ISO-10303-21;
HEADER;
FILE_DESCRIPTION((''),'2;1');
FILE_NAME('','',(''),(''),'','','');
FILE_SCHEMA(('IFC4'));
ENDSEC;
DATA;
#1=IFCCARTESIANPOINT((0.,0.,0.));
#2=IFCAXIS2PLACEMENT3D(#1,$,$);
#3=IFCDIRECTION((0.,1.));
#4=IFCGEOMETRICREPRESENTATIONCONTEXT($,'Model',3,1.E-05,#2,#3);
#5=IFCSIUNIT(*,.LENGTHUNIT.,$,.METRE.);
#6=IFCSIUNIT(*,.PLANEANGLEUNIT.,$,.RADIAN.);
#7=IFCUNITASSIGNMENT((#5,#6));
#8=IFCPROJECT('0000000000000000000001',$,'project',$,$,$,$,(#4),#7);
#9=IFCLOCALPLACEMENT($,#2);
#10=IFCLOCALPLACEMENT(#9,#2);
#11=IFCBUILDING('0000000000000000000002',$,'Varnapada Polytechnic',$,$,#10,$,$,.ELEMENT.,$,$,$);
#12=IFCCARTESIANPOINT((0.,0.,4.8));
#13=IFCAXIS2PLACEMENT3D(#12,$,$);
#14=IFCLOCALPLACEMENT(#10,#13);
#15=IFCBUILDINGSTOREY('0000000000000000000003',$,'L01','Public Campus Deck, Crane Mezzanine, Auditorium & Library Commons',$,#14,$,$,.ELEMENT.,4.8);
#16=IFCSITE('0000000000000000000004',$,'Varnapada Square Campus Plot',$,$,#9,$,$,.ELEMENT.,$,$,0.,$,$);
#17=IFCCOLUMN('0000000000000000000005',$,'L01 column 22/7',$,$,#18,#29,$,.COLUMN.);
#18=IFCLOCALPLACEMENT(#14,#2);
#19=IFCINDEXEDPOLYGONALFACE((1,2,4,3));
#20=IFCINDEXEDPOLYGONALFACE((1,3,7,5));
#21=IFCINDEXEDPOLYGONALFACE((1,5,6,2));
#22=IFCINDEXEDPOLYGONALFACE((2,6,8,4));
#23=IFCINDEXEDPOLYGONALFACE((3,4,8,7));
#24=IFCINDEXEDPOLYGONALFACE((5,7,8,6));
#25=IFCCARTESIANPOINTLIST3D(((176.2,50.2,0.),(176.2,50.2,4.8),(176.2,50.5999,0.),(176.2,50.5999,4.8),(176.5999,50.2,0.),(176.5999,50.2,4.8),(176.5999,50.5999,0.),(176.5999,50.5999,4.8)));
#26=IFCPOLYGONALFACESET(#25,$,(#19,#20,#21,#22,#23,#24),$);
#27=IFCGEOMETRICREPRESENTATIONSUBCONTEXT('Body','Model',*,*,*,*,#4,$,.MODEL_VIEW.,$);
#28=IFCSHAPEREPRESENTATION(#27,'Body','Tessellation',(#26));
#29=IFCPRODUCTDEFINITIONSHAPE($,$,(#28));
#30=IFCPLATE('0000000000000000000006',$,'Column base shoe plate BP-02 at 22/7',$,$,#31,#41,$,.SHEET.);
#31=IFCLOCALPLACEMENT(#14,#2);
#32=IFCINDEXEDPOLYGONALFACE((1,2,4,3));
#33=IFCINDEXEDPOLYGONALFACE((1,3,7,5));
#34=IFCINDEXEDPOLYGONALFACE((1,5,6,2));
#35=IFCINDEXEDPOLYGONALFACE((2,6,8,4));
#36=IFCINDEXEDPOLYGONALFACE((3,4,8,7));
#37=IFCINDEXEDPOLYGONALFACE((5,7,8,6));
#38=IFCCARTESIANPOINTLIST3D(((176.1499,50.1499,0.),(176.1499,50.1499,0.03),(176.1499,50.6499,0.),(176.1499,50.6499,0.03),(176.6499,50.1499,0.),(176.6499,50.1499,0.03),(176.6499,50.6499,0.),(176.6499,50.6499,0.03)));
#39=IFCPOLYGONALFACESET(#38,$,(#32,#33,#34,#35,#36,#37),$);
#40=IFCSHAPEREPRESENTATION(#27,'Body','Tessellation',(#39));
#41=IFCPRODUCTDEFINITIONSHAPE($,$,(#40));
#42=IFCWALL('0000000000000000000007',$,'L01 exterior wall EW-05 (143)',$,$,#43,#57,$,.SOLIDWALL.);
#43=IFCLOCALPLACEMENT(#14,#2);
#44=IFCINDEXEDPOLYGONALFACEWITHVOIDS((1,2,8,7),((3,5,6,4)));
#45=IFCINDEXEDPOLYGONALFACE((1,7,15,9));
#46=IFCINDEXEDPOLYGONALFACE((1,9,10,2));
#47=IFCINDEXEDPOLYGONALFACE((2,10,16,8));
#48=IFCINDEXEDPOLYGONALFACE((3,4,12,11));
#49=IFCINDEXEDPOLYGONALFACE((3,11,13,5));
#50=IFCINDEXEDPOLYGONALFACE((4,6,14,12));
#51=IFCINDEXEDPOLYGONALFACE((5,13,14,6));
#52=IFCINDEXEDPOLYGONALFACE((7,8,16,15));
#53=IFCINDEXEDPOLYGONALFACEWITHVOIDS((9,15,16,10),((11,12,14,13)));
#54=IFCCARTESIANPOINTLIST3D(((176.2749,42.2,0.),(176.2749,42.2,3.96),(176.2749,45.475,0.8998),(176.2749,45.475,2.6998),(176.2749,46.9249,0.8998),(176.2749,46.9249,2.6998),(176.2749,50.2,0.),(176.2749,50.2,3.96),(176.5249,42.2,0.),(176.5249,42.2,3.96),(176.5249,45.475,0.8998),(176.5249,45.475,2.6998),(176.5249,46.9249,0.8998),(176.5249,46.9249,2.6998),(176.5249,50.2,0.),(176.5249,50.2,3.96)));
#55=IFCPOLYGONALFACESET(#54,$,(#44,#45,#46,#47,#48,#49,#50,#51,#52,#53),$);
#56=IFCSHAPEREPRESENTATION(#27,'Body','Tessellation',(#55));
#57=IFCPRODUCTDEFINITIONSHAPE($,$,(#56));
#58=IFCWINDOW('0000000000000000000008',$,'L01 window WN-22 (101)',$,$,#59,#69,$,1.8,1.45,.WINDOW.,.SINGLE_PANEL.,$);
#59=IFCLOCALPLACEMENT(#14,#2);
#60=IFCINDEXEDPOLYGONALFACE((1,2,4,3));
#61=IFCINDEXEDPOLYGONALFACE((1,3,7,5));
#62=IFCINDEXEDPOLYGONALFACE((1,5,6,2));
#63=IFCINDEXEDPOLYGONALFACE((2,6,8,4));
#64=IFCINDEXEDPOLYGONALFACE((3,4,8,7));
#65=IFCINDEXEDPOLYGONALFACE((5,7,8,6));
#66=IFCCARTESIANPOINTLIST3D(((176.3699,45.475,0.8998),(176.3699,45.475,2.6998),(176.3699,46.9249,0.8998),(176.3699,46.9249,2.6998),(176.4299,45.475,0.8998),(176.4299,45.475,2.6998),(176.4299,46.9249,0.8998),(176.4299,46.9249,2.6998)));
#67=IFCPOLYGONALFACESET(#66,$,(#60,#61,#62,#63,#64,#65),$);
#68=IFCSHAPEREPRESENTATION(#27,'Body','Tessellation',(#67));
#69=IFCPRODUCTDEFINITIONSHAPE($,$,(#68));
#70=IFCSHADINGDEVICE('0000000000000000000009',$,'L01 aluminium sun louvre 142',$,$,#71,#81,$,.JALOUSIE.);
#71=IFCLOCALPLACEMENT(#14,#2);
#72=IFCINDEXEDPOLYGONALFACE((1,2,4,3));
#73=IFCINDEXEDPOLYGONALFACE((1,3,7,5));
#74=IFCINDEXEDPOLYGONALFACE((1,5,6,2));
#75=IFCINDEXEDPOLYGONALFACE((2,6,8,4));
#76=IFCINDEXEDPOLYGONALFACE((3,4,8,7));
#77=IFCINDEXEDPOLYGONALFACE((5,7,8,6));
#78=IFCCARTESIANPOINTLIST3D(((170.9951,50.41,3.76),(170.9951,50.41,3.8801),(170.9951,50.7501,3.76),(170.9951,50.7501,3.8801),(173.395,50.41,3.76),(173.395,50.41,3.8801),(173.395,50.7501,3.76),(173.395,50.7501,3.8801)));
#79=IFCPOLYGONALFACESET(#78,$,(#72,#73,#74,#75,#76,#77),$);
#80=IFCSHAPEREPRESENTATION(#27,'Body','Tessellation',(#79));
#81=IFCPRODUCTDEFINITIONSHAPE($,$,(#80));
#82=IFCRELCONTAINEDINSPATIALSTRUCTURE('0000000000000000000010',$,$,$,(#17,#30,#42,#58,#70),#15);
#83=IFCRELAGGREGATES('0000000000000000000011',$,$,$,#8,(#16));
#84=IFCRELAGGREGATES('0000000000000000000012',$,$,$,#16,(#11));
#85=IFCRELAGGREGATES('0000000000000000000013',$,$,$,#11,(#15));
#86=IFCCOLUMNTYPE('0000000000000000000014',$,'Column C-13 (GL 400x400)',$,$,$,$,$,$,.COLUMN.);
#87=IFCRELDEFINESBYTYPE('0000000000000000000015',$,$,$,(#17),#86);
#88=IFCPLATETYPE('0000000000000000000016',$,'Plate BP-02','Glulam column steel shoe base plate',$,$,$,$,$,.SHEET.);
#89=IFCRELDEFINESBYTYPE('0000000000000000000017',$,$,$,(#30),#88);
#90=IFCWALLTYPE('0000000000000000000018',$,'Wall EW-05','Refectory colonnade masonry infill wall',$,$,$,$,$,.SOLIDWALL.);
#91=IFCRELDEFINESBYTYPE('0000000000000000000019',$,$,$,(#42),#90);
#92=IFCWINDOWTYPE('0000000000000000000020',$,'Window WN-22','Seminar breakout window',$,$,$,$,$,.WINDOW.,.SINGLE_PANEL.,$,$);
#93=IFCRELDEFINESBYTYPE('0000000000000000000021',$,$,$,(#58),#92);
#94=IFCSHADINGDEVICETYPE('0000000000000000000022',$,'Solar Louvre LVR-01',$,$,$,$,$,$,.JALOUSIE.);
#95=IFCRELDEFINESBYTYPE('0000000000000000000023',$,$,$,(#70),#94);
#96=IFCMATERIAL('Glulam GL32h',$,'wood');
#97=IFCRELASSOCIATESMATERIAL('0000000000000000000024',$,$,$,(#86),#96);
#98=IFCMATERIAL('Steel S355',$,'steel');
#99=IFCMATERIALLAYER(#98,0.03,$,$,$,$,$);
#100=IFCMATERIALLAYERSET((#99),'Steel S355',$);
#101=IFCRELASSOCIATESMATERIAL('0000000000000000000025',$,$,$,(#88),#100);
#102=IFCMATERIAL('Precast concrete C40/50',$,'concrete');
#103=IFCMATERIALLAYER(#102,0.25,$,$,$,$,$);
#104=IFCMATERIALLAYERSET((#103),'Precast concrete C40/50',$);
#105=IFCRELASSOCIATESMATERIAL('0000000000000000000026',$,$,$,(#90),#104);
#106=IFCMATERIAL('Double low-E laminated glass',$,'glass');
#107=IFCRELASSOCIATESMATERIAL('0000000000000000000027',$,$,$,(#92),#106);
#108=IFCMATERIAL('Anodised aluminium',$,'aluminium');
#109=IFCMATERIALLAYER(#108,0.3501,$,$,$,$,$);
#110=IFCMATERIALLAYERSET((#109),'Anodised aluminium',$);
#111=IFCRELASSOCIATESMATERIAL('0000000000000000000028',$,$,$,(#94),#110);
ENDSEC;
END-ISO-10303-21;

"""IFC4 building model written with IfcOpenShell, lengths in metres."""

from ifc_helpers import new_model, si_unit, direction, frame, frame_2d, origin, origin_2d, place, context, subcontext, project, spatial, rectangle, extrude, material, layer, layer_set, material_profile, profile_set, type_object, element, fill, save


model = new_model("IFC4")

# Units and contexts
model_context = context("Model", 3, precision=1e-05, world=origin(), true_north=direction((0.0, 1.0)))
body_context = subcontext(model_context, "Body", "Model", "MODEL_VIEW")
ifc_project = project(units=[si_unit("LENGTHUNIT", "METRE"), si_unit("PLANEANGLEUNIT", "RADIAN")], contexts=[model_context])

# Site, building, storey
site_placement = place(None, origin())
site = spatial("IfcSite", under=ifc_project, at=site_placement, Name="Varnapada Square Campus Plot", CompositionType="ELEMENT", RefElevation=0.0)
building_placement = place(site_placement, origin())
building = spatial("IfcBuilding", under=site, at=building_placement, Name="Varnapada Polytechnic", CompositionType="ELEMENT")
storey_placement = place(building_placement, frame((0.0, 0.0, 4.8)))
storey = spatial("IfcBuildingStorey", under=building, at=storey_placement, Name="L01", Description="Public Campus Deck, Crane Mezzanine, Auditorium & Library Commons", CompositionType="ELEMENT", Elevation=4.8)

# Column
ifc_material_1 = material(Name="Glulam GL32h", Category="wood")
ifc_material_profile = material_profile(ifc_material_1, rectangle(XDim=0.3999, YDim=0.3999, at=origin_2d()), Name="GL 400x400")
ifc_profile_set = profile_set([ifc_material_profile], Name="Glulam GL32h")
column_type = type_object("IfcColumnType", Name="Column C-13 (GL 400x400)", PredefinedType="COLUMN", material=ifc_profile_set)
column_placement = place(storey_placement, frame((176.3999, 50.3999, 0.0), z_axis=(0.0, 0.0, 1.0), x_axis=(1.0, 0.0, 0.0)))
element("IfcColumn", 1, at=column_placement, inside=storey, type_object=column_type, Name="L01 column 22/7", PredefinedType="COLUMN", context=body_context, shape_type="SweptSolid", body=[
    extrude(rectangle(XDim=0.3999, YDim=0.3999, at=origin_2d()), origin(), (0.0, 0.0, 1.0), 4.8),
])

# Plate
ifc_material_2 = material(Name="Steel S355", Category="steel")
ifc_layer_1 = layer(ifc_material_2, 0.03)
ifc_layer_set_1 = layer_set([ifc_layer_1], Name="Steel S355")
plate_type = type_object("IfcPlateType", Name="Plate BP-02", Description="Glulam column steel shoe base plate", PredefinedType="SHEET", material=ifc_layer_set_1)
plate_placement = place(storey_placement, frame((176.3999, 50.3999, 0.0), z_axis=(0.0, 0.0, 1.0), x_axis=(1.0, 0.0, 0.0)))
element("IfcPlate", 2, at=plate_placement, inside=storey, type_object=plate_type, Name="Column base shoe plate BP-02 at 22/7", PredefinedType="SHEET", context=body_context, shape_type="SweptSolid", body=[
    extrude(rectangle(XDim=0.5, YDim=0.5, at=origin_2d()), origin(), (0.0, 0.0, 1.0), 0.03),
])

# Wall, opening, window
ifc_material_3 = material(Name="Precast concrete C40/50", Category="concrete")
ifc_layer_2 = layer(ifc_material_3, 0.25)
ifc_layer_set_2 = layer_set([ifc_layer_2], Name="Precast concrete C40/50")
wall_type = type_object("IfcWallType", Name="Wall EW-05", Description="Refectory colonnade masonry infill wall", PredefinedType="SOLIDWALL", material=ifc_layer_set_2)
wall_placement = place(storey_placement, frame((176.3999, 50.2, 0.0), z_axis=(0.0, 0.0, 1.0), x_axis=(0.0, -1.0, 0.0)))
wall = element("IfcWall", 3, at=wall_placement, inside=storey, type_object=wall_type, Name="L01 exterior wall EW-05 (143)", PredefinedType="SOLIDWALL", context=body_context, shape_type="SweptSolid", body=[
    extrude(rectangle(XDim=8.0, YDim=0.25, at=frame_2d((4.0, 0.0))), origin(), (0.0, 0.0, 1.0), 3.96),
])
opening_1_placement = place(wall_placement, frame((3.2749, 0.0, 0.8999)))
opening_1 = element("IfcOpeningElement", 4, at=opening_1_placement, cuts=wall, PredefinedType="OPENING", context=body_context, shape_type="SweptSolid", body=[
    extrude(rectangle(XDim=1.45, YDim=1.8, at=frame_2d((0.7251, 0.8999))), frame((0.0, 0.135, 0.0), z_axis=(0.0, -1.0, 0.0), x_axis=(1.0, 0.0, 0.0)), (0.0, 0.0, 1.0), 0.27),
])
ifc_material_4 = material(Name="Double low-E laminated glass", Category="glass")
window_type = type_object("IfcWindowType", Name="Window WN-22", Description="Seminar breakout window", PartitioningType="SINGLE_PANEL", PredefinedType="WINDOW", material=ifc_material_4)
window_placement = place(opening_1_placement, origin())
window = element("IfcWindow", 5, at=window_placement, inside=storey, type_object=window_type, Name="L01 window WN-22 (101)", OverallHeight=1.8, OverallWidth=1.45, PartitioningType="SINGLE_PANEL", PredefinedType="WINDOW", context=body_context, shape_type="SweptSolid", body=[
    extrude(rectangle(XDim=1.45, YDim=1.8, at=frame_2d((0.7251, 0.8999))), frame((0.0, 0.03, 0.0), z_axis=(0.0, -1.0, 0.0), x_axis=(1.0, 0.0, 0.0)), (0.0, 0.0, 1.0), 0.0601),
])
fill(opening_1, window)

# Shading device
ifc_material_5 = material(Name="Anodised aluminium", Category="aluminium")
ifc_layer_3 = layer(ifc_material_5, 0.3501)
ifc_layer_set_3 = layer_set([ifc_layer_3], Name="Anodised aluminium")
shading_device_type = type_object("IfcShadingDeviceType", Name="Solar Louvre LVR-01", PredefinedType="JALOUSIE", material=ifc_layer_set_3)
shading_device_placement = place(storey_placement, frame((172.1951, 50.5801, 3.76), z_axis=(0.0, 0.0, 1.0), x_axis=(1.0, 0.0, 0.0)))
element("IfcShadingDevice", 6, at=shading_device_placement, inside=storey, type_object=shading_device_type, Name="L01 aluminium sun louvre 142", PredefinedType="JALOUSIE", context=body_context, shape_type="SweptSolid", body=[
    extrude(rectangle(XDim=2.3999, YDim=0.3401, at=origin_2d()), origin(), (0.0, 0.0, 1.0), 0.1201),
])

save(model, "model.ifc")
